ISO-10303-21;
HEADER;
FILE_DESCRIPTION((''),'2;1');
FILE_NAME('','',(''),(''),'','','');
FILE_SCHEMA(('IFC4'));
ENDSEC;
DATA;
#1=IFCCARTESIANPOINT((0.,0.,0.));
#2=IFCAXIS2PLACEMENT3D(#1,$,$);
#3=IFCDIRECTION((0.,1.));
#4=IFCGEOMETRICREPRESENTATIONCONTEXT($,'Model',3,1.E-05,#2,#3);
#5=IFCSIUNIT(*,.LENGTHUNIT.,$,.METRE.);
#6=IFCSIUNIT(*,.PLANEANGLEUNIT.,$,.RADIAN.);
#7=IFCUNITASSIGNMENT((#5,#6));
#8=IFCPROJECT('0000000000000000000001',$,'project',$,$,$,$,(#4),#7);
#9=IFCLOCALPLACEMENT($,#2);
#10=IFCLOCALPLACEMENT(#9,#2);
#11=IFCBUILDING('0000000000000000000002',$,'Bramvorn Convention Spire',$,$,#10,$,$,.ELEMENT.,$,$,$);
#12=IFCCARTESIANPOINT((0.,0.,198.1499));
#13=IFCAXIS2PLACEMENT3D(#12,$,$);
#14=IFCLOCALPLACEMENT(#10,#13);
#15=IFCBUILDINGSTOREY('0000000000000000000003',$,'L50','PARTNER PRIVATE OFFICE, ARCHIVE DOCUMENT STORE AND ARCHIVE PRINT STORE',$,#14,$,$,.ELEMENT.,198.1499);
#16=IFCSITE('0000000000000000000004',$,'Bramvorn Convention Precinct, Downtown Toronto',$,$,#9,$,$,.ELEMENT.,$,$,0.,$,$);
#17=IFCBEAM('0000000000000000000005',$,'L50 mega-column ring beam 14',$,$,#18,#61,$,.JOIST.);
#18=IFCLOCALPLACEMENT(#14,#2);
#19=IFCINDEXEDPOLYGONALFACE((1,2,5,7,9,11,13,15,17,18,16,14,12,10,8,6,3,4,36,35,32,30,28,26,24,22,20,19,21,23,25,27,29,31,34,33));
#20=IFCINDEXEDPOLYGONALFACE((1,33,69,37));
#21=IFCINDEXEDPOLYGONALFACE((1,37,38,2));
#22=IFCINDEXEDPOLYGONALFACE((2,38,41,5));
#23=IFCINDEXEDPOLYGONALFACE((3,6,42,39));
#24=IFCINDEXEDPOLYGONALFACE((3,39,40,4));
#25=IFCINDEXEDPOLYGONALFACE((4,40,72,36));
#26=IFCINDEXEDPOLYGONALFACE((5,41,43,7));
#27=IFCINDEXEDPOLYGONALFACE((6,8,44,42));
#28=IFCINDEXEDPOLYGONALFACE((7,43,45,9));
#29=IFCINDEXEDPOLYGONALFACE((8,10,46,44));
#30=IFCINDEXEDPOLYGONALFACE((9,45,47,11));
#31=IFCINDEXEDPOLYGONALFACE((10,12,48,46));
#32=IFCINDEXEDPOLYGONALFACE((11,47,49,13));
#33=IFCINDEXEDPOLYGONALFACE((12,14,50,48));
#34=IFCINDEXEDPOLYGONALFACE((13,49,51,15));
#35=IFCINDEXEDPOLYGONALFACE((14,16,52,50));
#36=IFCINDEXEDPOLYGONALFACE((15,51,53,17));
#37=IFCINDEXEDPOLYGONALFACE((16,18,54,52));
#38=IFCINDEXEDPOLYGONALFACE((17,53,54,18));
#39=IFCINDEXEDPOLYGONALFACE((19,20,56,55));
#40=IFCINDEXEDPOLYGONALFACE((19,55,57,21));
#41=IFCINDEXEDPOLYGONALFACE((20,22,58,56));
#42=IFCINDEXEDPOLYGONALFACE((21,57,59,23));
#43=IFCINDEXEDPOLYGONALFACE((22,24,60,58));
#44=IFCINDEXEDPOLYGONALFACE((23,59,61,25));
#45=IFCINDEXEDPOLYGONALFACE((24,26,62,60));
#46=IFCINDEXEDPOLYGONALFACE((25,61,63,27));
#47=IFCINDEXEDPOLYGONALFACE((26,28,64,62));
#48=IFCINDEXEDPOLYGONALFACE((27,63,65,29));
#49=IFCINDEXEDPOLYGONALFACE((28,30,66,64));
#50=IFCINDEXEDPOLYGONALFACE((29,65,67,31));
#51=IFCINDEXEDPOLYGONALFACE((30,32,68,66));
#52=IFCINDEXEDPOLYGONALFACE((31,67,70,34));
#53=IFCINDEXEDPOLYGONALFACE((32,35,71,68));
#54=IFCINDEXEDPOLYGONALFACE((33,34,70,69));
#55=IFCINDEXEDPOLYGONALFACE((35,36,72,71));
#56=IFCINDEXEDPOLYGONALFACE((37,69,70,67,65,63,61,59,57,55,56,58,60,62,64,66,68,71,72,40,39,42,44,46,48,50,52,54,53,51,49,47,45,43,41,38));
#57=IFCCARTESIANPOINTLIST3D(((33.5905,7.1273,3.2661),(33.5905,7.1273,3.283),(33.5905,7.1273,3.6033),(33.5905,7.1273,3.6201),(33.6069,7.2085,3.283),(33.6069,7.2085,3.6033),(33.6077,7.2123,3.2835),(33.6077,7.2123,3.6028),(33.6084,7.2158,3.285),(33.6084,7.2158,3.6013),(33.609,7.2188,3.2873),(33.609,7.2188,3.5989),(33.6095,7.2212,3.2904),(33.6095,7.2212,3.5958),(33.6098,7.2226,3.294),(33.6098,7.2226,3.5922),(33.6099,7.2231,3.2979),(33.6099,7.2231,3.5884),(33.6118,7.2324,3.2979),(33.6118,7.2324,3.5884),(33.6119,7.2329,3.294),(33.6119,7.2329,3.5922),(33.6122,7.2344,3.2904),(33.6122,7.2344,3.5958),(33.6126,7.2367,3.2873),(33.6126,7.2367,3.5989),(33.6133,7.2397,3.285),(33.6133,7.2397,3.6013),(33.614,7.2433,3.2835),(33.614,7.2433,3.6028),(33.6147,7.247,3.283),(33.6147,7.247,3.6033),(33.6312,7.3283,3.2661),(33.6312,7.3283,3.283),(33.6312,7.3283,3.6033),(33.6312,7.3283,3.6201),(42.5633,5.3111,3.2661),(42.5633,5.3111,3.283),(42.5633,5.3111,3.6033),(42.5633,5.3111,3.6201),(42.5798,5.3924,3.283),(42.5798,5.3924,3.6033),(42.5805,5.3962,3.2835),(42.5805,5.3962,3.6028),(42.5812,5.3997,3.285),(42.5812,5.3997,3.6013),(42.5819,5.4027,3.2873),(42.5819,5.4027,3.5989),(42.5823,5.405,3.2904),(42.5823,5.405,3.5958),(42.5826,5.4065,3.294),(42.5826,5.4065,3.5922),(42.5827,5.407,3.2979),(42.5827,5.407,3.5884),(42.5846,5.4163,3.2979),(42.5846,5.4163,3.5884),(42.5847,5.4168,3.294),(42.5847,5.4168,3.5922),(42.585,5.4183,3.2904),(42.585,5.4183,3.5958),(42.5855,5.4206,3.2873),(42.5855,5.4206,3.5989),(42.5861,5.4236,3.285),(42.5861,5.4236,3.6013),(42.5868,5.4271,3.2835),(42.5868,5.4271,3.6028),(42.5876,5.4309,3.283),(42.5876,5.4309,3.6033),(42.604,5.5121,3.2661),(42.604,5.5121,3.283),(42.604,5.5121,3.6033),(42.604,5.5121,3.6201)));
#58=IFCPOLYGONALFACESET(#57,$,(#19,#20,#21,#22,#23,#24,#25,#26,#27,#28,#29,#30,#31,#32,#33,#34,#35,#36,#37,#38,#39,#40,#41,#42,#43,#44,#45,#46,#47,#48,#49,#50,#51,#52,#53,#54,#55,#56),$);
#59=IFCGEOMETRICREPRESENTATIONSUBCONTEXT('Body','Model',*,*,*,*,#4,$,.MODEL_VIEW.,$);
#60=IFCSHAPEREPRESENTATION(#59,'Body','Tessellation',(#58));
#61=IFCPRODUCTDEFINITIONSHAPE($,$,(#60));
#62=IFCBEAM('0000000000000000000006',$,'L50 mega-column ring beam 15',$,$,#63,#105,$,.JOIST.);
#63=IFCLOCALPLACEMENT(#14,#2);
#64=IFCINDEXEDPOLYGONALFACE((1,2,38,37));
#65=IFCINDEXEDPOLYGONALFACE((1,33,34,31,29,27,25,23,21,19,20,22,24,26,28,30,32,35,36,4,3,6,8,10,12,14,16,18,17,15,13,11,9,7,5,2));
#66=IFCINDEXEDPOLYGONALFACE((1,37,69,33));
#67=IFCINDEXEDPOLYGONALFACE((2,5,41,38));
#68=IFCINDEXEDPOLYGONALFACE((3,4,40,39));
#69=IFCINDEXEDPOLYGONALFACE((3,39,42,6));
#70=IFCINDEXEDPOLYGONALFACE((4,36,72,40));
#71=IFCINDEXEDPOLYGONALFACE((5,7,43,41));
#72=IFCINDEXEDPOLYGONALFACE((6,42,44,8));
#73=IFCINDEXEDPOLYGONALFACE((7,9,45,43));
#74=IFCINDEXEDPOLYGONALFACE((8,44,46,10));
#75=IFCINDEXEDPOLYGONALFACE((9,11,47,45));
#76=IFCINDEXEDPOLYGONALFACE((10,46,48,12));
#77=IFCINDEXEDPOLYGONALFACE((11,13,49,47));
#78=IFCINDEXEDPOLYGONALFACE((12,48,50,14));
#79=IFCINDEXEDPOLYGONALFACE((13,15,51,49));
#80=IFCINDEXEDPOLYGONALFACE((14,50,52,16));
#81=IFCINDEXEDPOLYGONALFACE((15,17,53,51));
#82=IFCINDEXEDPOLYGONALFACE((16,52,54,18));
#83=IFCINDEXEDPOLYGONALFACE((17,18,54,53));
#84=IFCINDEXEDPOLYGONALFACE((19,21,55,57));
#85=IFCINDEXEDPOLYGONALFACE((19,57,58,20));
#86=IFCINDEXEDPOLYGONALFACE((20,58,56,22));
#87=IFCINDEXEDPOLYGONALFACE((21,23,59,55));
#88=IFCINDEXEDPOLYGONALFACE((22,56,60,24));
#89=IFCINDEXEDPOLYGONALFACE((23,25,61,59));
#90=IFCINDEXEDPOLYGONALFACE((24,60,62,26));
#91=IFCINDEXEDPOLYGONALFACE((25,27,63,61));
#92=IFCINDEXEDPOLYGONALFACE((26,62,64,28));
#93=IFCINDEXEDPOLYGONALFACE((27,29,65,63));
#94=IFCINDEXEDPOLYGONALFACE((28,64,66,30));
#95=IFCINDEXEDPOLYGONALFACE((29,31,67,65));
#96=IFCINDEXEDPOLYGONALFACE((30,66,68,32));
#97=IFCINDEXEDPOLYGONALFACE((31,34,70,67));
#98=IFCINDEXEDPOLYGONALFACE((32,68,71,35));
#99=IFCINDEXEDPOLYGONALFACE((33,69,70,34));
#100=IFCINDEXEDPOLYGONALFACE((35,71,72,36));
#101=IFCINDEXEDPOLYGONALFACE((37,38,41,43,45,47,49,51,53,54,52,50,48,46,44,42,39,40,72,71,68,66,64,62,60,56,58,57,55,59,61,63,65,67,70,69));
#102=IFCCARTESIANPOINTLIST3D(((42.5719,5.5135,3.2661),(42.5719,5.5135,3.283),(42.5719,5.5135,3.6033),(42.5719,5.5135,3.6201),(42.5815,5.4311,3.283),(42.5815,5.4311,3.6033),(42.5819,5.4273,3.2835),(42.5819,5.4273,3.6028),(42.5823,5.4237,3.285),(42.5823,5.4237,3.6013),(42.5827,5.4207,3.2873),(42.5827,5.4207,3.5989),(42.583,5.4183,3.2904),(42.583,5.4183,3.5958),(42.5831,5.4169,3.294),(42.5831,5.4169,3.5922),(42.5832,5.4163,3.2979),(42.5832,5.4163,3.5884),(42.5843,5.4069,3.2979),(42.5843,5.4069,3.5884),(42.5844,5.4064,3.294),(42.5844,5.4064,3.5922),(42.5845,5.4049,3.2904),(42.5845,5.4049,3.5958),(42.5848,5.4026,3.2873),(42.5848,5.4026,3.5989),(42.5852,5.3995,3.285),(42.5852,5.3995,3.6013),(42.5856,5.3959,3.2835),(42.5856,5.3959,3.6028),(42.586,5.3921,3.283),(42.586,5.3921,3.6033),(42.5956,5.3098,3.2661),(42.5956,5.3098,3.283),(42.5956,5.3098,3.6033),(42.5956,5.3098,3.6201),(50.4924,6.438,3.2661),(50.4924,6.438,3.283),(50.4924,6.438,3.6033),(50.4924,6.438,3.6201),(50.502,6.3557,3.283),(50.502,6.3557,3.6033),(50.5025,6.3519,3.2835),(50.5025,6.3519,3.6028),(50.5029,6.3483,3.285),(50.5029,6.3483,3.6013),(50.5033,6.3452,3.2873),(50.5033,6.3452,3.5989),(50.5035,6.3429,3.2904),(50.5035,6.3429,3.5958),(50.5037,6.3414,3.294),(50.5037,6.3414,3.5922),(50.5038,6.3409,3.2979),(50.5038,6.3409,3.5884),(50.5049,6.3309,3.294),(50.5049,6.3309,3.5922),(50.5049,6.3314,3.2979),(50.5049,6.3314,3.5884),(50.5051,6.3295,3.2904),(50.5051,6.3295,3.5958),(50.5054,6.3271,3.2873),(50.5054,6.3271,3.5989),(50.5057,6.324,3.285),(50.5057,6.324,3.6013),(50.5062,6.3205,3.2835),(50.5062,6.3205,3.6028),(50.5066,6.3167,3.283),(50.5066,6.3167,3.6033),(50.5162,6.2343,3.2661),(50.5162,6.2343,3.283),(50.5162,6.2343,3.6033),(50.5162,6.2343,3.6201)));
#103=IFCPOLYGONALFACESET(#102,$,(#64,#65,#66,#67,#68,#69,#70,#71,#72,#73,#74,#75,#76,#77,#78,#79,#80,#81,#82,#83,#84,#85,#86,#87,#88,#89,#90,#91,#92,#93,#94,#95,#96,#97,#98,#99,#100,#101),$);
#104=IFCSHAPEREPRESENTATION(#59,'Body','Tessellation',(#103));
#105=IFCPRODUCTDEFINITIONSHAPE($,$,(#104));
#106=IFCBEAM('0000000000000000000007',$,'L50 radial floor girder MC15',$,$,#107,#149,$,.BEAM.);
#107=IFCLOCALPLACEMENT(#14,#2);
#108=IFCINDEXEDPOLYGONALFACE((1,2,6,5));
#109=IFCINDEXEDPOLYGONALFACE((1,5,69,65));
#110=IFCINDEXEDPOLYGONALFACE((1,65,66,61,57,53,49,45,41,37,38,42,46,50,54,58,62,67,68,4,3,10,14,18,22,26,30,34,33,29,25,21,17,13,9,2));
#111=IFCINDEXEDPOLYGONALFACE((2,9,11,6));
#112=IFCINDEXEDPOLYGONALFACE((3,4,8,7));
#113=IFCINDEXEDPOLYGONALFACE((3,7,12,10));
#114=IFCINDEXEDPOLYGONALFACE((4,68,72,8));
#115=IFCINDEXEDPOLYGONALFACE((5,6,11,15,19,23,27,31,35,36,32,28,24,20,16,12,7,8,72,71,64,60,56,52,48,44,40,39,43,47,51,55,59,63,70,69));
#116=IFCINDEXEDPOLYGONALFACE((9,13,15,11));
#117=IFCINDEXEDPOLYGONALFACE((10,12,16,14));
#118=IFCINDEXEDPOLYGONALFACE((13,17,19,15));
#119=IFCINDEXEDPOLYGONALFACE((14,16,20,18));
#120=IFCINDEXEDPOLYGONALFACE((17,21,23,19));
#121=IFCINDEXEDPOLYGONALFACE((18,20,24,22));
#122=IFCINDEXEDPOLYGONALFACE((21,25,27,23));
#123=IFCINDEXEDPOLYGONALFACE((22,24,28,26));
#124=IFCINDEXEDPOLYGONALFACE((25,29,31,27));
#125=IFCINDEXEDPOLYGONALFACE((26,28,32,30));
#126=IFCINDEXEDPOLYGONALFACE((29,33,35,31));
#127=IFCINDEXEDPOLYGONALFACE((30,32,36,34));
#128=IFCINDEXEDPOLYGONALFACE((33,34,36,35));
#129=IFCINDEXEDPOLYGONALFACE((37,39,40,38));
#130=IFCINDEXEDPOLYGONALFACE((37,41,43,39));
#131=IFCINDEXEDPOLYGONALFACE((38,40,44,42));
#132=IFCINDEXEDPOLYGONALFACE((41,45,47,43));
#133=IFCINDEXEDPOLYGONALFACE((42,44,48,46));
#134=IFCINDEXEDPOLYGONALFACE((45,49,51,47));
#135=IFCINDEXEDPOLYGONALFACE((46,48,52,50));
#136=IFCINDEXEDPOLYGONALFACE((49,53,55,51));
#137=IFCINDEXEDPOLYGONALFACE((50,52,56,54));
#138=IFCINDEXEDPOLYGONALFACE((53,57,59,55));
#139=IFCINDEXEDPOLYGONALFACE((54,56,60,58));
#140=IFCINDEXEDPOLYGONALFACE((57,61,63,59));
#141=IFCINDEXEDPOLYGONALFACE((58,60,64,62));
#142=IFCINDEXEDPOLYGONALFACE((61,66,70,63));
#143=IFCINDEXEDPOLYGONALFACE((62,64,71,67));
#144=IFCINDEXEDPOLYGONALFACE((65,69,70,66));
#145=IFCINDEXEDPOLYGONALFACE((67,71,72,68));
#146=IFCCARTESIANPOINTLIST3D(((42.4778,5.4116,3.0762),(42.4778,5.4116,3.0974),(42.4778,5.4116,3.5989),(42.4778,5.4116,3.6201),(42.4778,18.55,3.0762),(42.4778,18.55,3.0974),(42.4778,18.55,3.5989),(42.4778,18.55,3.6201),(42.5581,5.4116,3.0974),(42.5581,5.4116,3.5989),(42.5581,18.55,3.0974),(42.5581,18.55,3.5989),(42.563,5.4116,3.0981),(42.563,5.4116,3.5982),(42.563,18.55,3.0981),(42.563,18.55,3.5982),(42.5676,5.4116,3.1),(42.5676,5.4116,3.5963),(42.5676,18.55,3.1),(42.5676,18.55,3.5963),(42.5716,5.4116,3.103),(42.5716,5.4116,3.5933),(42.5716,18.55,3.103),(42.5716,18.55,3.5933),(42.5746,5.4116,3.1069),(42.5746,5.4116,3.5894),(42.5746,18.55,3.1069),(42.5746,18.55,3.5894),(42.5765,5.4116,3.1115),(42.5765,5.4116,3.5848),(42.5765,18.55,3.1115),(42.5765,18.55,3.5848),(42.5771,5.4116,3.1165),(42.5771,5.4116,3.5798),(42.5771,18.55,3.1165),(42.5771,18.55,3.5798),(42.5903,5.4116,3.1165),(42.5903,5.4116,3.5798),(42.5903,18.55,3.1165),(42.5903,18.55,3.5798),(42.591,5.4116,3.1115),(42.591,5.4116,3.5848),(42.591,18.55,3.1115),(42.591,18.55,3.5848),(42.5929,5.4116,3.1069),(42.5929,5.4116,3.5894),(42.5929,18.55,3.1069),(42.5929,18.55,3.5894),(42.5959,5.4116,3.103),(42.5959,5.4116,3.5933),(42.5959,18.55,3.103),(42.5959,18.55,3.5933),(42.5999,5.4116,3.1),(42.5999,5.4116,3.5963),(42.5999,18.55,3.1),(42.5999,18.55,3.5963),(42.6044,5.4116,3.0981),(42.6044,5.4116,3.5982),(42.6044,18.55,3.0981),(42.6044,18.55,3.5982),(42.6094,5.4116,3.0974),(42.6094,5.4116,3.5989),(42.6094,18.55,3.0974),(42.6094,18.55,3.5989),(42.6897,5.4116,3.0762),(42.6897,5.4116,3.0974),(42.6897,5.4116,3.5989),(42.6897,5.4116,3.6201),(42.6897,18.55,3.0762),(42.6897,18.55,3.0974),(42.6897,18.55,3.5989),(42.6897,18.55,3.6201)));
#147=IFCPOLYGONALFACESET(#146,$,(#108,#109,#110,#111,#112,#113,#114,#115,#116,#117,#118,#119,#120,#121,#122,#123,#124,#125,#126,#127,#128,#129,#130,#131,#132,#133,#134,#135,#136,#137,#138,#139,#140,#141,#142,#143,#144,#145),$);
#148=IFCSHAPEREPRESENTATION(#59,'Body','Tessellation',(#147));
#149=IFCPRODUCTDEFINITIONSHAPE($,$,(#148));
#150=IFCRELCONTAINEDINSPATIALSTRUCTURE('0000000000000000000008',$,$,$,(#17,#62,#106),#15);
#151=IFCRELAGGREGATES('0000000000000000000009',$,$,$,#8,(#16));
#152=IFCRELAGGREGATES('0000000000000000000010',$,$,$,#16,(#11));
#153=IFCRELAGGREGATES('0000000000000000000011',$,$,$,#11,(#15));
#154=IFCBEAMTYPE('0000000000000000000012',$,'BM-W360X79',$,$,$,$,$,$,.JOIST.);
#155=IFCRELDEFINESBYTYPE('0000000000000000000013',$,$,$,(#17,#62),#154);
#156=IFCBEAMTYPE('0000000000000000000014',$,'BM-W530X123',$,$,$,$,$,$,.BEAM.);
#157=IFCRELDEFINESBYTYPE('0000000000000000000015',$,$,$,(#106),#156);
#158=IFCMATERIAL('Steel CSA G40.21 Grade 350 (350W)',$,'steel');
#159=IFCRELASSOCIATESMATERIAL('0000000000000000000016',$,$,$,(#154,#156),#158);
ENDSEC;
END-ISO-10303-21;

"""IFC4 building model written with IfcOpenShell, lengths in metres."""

from ifc_helpers import new_model, si_unit, direction, frame, origin, origin_2d, place, context, subcontext, project, spatial, i_section, extrude, material, material_profile, profile_set, type_object, element, save


model = new_model("IFC4")

# Units and contexts
model_context = context("Model", 3, precision=1e-05, world=origin(), true_north=direction((0.0, 1.0)))
body_context = subcontext(model_context, "Body", "Model", "MODEL_VIEW")
ifc_project = project(units=[si_unit("LENGTHUNIT", "METRE"), si_unit("PLANEANGLEUNIT", "RADIAN")], contexts=[model_context])

# Site, building, storey
site_placement = place(None, origin())
site = spatial("IfcSite", under=ifc_project, at=site_placement, Name="Bramvorn Convention Precinct, Downtown Toronto", CompositionType="ELEMENT", RefElevation=0.0)
building_placement = place(site_placement, origin())
building = spatial("IfcBuilding", under=site, at=building_placement, Name="Bramvorn Convention Spire", CompositionType="ELEMENT")
storey_placement = place(building_placement, frame((0.0, 0.0, 198.1499)))
storey = spatial("IfcBuildingStorey", under=building, at=storey_placement, Name="L50", Description="PARTNER PRIVATE OFFICE, ARCHIVE DOCUMENT STORE AND ARCHIVE PRINT STORE", CompositionType="ELEMENT", Elevation=198.1499)

# Shared definitions
ifc_material_1 = material(Name="Steel CSA G40.21 Grade 350 (350W)", Category="steel")

# Beams
ifc_material_profile_1 = material_profile(ifc_material_1, i_section(OverallWidth=0.2051, OverallDepth=0.354, WebThickness=0.0095, FlangeThickness=0.0168, FilletRadius=0.0149, at=origin_2d()))
ifc_profile_set_1 = profile_set([ifc_material_profile_1], Name="Steel CSA G40.21 Grade 350 (350W) - W360X79")
beam_type_1 = type_object("IfcBeamType", Name="BM-W360X79", PredefinedType="JOIST", material=ifc_profile_set_1)
beam_1_placement = place(storey_placement, frame((33.6108, 7.2278, 3.4431), z_axis=(0.980125, -0.198382, 0.0), x_axis=(0.198382, 0.980125, 0.0)))
element("IfcBeam", 1, at=beam_1_placement, inside=storey, type_object=beam_type_1, Name="L50 mega-column ring beam 14", PredefinedType="JOIST", context=body_context, shape_type="SweptSolid", body=[
    extrude(i_section(OverallWidth=0.2051, OverallDepth=0.354, WebThickness=0.0095, FlangeThickness=0.0168, FilletRadius=0.0149, at=origin_2d()), origin(), (0.0, 0.0, 1.0), 9.1548),
])
beam_2_placement = place(storey_placement, frame((42.5837, 5.4116, 3.4431), z_axis=(0.993256, 0.115941, 0.0), x_axis=(-0.115941, 0.993256, 0.0)))
element("IfcBeam", 2, at=beam_2_placement, inside=storey, type_object=beam_type_1, Name="L50 mega-column ring beam 15", PredefinedType="JOIST", context=body_context, shape_type="SweptSolid", body=[
    extrude(i_section(OverallWidth=0.2051, OverallDepth=0.354, WebThickness=0.0095, FlangeThickness=0.0168, FilletRadius=0.0149, at=origin_2d()), origin(), (0.0, 0.0, 1.0), 7.9744),
])
ifc_material_profile_2 = material_profile(ifc_material_1, i_section(OverallWidth=0.2119, OverallDepth=0.5439, WebThickness=0.0132, FlangeThickness=0.0212, FilletRadius=0.019, at=origin_2d()))
ifc_profile_set_2 = profile_set([ifc_material_profile_2], Name="Steel CSA G40.21 Grade 350 (350W) - W530X123")
beam_type_2 = type_object("IfcBeamType", Name="BM-W530X123", PredefinedType="BEAM", material=ifc_profile_set_2)
beam_3_placement = place(storey_placement, frame((42.5837, 18.55, 3.3481), z_axis=(0.0, -1.0, 0.0), x_axis=(1.0, 0.0, 0.0)))
element("IfcBeam", 3, at=beam_3_placement, inside=storey, type_object=beam_type_2, Name="L50 radial floor girder MC15", PredefinedType="BEAM", context=body_context, shape_type="SweptSolid", body=[
    extrude(i_section(OverallWidth=0.2119, OverallDepth=0.5439, WebThickness=0.0132, FlangeThickness=0.0212, FilletRadius=0.019, at=origin_2d()), origin(), (0.0, 0.0, 1.0), 13.1384),
])

save(model, "model.ifc")
